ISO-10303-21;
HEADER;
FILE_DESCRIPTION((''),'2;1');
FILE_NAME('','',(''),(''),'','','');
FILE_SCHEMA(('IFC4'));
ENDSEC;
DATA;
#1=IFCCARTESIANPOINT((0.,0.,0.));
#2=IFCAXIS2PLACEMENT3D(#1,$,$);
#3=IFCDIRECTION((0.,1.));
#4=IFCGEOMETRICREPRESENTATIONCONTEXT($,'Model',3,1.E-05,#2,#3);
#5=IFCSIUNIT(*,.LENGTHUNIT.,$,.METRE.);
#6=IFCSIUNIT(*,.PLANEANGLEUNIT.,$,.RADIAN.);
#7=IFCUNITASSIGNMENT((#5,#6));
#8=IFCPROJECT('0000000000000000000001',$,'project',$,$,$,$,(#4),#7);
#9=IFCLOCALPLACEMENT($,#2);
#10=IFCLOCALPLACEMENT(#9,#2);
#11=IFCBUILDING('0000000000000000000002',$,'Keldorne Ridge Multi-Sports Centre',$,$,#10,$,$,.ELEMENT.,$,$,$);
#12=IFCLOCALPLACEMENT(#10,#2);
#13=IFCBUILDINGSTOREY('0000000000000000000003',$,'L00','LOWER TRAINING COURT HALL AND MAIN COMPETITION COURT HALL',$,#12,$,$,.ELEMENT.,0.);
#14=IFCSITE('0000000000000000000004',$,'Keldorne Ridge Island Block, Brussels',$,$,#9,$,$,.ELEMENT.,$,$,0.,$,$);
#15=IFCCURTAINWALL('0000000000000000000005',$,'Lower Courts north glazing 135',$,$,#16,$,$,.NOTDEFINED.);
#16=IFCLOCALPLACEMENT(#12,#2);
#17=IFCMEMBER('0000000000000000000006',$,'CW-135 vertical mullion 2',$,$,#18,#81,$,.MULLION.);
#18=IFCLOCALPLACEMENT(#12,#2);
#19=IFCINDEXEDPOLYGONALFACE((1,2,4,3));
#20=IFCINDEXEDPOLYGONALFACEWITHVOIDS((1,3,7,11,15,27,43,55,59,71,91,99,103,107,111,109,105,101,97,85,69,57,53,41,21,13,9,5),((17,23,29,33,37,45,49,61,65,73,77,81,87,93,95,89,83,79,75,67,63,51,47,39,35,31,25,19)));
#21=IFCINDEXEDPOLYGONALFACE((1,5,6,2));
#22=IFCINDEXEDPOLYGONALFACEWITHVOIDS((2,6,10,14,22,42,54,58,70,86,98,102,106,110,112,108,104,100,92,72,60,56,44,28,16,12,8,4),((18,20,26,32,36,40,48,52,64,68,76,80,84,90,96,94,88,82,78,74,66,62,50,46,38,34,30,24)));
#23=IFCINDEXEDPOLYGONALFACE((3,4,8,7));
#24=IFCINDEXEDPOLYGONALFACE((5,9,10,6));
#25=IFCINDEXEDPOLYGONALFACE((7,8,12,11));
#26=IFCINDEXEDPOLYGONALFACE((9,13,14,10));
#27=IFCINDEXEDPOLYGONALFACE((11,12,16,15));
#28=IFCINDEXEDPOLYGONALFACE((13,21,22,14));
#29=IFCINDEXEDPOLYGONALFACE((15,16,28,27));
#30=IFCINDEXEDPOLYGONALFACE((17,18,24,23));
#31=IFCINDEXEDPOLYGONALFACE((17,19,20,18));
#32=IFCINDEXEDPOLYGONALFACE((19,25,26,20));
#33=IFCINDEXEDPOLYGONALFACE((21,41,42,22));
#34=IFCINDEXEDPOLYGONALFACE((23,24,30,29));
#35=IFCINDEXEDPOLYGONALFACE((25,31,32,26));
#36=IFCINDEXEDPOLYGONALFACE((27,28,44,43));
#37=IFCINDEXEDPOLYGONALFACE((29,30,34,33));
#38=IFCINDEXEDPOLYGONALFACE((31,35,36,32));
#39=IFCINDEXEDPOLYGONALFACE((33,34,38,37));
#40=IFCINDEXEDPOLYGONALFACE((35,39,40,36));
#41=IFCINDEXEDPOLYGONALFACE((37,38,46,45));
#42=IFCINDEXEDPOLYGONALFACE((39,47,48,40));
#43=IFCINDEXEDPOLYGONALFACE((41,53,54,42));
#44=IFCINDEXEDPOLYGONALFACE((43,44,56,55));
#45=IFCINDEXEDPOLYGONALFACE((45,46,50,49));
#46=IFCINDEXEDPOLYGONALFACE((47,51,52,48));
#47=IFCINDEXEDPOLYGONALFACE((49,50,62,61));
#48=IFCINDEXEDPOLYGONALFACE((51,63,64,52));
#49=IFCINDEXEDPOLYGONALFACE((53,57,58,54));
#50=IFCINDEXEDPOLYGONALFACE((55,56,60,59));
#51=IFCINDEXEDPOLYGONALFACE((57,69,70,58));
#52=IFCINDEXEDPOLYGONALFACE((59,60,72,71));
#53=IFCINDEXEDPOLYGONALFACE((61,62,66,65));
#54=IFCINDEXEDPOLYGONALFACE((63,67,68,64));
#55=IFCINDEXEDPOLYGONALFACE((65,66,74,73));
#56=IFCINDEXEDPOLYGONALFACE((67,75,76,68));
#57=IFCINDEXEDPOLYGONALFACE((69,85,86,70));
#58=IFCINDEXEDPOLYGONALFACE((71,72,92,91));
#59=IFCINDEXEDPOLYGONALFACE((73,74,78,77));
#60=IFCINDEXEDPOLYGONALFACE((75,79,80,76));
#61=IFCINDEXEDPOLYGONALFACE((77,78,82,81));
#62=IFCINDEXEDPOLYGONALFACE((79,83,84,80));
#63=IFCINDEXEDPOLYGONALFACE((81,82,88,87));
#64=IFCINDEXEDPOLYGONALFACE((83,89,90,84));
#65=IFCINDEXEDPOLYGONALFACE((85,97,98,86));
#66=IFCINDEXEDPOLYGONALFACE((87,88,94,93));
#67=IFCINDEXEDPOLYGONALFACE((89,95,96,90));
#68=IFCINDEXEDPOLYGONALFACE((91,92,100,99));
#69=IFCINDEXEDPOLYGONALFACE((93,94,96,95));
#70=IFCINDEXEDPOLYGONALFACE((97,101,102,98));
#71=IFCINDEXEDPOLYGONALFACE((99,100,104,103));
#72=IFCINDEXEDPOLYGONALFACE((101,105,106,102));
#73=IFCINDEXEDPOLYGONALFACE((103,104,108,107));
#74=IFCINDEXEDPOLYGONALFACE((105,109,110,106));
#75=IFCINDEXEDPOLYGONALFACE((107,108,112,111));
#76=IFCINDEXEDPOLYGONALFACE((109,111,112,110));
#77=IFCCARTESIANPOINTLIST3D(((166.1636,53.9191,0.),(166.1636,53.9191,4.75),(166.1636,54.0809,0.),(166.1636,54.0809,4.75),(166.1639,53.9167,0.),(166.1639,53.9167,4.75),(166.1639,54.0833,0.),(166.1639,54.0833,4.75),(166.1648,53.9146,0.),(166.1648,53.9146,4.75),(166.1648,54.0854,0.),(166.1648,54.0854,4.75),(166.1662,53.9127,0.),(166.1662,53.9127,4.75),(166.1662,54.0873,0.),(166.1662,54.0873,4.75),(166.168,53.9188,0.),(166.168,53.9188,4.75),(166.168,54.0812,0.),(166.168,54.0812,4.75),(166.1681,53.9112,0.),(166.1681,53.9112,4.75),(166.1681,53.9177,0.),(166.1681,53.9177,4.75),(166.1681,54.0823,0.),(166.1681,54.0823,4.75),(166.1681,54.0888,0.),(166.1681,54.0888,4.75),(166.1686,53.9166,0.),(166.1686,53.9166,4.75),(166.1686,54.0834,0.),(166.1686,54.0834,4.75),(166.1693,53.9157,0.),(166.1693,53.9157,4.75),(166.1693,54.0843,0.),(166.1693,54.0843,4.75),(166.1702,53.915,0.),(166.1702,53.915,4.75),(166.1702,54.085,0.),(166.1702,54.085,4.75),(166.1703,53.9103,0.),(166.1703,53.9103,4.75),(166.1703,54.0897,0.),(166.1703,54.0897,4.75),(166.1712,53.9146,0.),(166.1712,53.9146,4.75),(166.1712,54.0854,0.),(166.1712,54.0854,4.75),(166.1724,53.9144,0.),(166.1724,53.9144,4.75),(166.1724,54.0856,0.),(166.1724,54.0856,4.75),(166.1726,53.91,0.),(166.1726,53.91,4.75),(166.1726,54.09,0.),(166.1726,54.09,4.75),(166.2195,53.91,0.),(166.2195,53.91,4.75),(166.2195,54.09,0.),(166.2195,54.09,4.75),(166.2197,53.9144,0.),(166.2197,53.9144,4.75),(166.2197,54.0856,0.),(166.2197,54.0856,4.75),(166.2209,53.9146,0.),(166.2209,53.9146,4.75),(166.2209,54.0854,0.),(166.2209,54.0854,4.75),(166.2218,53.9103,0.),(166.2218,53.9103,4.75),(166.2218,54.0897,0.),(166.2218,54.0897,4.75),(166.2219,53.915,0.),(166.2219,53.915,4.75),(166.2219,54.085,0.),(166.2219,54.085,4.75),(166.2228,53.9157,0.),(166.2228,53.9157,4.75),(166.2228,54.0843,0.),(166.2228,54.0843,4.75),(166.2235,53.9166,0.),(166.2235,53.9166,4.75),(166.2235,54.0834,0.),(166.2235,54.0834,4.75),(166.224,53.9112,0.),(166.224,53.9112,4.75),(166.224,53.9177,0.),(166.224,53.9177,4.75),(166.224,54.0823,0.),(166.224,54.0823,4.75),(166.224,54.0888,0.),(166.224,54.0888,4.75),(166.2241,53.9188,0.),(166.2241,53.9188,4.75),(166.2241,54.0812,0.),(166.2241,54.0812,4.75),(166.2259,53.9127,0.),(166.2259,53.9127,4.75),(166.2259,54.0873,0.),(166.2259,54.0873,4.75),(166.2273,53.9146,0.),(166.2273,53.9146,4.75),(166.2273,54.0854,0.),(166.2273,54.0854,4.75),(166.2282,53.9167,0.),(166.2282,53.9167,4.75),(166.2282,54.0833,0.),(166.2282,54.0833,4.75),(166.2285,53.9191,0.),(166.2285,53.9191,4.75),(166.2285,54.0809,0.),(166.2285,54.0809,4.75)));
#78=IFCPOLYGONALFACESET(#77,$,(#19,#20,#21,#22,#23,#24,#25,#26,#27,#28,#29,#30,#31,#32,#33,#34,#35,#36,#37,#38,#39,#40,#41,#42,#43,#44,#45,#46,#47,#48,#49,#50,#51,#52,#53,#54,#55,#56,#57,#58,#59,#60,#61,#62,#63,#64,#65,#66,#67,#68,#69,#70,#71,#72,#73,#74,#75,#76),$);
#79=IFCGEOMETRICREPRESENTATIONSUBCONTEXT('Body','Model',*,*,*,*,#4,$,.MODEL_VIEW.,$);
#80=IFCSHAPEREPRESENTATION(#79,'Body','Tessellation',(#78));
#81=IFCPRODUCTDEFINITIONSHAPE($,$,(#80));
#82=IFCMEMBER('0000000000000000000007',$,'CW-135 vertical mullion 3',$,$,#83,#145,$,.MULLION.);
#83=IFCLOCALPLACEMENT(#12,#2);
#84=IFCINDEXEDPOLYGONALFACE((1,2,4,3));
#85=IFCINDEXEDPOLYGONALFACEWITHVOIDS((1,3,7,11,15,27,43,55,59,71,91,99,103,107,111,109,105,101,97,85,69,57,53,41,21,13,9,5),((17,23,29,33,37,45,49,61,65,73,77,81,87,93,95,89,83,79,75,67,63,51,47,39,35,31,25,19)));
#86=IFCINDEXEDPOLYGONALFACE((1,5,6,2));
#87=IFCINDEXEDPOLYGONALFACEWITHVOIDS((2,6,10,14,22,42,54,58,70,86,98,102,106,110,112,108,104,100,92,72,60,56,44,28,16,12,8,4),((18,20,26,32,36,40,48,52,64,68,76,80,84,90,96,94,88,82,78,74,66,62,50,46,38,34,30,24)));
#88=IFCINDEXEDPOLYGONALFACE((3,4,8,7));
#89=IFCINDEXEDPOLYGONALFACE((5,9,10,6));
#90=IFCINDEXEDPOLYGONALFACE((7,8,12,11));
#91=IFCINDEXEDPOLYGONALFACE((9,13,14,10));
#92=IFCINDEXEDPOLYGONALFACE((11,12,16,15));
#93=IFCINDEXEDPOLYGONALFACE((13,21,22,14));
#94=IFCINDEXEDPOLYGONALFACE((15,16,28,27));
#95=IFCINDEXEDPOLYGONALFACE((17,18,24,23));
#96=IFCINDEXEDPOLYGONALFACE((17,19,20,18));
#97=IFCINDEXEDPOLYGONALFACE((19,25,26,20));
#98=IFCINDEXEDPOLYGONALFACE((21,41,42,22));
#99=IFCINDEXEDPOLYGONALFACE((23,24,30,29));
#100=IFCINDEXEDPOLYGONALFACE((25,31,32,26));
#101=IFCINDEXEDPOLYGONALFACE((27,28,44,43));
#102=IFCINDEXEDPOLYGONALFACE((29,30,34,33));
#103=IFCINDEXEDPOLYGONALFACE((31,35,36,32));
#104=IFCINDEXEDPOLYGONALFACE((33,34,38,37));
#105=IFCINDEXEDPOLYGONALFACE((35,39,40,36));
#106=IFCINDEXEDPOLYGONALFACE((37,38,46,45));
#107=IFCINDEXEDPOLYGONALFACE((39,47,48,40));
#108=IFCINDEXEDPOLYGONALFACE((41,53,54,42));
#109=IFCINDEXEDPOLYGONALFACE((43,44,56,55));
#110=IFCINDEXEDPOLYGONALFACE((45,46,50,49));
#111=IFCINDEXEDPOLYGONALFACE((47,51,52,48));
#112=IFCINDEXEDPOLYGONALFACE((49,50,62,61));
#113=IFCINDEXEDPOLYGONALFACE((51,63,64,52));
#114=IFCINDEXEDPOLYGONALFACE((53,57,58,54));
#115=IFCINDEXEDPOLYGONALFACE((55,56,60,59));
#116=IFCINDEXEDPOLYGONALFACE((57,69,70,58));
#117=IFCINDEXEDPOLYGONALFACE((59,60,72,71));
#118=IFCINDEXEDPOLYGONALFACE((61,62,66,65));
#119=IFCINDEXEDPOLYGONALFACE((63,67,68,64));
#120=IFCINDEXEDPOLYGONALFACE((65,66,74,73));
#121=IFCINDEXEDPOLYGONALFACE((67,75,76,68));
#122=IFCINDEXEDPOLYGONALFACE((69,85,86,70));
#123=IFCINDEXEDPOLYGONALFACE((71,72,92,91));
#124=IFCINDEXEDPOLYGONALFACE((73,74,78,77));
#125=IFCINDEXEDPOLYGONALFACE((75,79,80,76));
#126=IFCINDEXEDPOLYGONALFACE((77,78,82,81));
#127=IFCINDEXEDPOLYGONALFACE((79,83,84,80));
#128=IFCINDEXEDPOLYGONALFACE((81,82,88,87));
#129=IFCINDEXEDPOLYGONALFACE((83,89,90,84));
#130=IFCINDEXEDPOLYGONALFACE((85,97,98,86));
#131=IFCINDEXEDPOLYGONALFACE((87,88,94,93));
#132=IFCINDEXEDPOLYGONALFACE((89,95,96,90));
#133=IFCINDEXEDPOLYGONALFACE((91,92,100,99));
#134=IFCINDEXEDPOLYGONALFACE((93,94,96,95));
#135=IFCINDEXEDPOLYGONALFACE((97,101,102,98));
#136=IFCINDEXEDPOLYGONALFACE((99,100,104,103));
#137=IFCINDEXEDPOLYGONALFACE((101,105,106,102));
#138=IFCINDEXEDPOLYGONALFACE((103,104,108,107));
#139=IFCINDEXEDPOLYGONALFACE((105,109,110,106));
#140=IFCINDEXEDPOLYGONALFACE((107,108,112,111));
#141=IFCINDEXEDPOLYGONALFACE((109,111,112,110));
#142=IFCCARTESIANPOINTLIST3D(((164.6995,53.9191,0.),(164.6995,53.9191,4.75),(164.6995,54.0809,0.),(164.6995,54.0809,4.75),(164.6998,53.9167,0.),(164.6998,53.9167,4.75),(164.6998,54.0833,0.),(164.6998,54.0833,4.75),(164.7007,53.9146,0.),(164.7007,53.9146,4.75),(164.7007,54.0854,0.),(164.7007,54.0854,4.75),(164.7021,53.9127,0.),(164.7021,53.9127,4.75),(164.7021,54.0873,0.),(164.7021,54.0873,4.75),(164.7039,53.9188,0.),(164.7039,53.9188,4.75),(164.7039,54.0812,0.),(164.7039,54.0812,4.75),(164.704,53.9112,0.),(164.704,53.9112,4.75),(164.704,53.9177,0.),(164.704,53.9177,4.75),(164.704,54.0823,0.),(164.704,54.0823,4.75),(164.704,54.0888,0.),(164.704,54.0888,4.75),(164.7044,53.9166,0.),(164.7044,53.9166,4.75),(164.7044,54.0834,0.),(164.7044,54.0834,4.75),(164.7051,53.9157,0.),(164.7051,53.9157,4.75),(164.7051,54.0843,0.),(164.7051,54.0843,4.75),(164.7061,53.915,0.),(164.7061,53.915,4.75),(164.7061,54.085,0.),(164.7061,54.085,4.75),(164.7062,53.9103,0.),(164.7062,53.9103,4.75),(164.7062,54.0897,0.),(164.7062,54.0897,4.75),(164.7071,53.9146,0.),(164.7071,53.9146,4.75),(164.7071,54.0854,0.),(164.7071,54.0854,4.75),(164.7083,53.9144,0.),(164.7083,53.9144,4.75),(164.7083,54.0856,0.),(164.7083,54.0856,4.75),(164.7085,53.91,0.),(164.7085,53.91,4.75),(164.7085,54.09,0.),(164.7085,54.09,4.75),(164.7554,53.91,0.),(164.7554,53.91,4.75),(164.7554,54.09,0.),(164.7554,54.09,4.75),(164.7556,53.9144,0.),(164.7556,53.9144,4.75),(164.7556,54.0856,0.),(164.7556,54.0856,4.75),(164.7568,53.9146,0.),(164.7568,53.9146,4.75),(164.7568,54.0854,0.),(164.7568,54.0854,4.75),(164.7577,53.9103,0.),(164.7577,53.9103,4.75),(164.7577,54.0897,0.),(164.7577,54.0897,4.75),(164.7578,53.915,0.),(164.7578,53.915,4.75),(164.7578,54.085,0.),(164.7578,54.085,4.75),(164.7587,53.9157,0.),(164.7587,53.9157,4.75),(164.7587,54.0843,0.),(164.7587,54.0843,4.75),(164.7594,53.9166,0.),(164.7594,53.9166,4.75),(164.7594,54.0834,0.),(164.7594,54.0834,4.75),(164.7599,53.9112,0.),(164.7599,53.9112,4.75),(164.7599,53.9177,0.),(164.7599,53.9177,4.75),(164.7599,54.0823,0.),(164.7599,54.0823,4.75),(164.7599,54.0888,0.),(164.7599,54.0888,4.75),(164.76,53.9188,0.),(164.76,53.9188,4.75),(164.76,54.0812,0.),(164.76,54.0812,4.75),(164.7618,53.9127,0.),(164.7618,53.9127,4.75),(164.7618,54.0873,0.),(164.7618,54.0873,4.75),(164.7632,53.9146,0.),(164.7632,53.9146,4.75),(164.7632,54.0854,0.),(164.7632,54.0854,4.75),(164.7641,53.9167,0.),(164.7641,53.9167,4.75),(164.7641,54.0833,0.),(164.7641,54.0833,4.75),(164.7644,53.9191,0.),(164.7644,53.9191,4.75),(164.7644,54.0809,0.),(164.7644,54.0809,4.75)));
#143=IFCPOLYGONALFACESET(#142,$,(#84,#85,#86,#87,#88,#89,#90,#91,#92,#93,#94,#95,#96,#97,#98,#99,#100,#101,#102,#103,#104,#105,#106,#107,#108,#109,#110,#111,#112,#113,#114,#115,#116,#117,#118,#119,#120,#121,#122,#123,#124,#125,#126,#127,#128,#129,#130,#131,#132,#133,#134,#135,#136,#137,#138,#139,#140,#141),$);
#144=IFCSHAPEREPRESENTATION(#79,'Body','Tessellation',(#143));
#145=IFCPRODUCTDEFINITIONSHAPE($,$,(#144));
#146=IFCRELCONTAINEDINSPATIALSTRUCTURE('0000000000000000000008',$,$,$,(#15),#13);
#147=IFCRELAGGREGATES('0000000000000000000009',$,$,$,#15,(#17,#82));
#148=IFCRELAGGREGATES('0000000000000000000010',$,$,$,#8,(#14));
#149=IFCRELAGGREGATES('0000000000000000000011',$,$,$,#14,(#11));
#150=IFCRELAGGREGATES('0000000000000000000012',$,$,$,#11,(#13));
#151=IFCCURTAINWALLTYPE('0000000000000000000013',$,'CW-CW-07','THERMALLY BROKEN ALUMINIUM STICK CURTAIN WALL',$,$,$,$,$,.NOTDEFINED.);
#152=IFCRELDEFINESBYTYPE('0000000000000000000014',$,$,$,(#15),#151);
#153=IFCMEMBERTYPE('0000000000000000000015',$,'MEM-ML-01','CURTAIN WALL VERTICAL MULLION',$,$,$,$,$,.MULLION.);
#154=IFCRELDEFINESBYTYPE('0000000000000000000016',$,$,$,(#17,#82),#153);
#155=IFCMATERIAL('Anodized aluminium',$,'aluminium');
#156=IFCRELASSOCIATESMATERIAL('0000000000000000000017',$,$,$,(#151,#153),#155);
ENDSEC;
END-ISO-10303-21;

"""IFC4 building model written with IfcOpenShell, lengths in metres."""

from ifc_helpers import new_model, si_unit, direction, frame, origin, origin_2d, place, context, subcontext, project, spatial, hollow_rectangle, extrude, material, material_profile, profile_set, type_object, element, aggregate, save


model = new_model("IFC4")

# Units and contexts
model_context = context("Model", 3, precision=1e-05, world=origin(), true_north=direction((0.0, 1.0)))
body_context = subcontext(model_context, "Body", "Model", "MODEL_VIEW")
ifc_project = project(units=[si_unit("LENGTHUNIT", "METRE"), si_unit("PLANEANGLEUNIT", "RADIAN")], contexts=[model_context])

# Site, building, storey
site_placement = place(None, origin())
site = spatial("IfcSite", under=ifc_project, at=site_placement, Name="Keldorne Ridge Island Block, Brussels", CompositionType="ELEMENT", RefElevation=0.0)
building_placement = place(site_placement, origin())
building = spatial("IfcBuilding", under=site, at=building_placement, Name="Keldorne Ridge Multi-Sports Centre", CompositionType="ELEMENT")
storey_placement = place(building_placement, origin())
storey = spatial("IfcBuildingStorey", under=building, at=storey_placement, Name="L00", Description="LOWER TRAINING COURT HALL AND MAIN COMPETITION COURT HALL", CompositionType="ELEMENT", Elevation=0.0)

# Curtain wall, members
ifc_material_1 = material(Name="Anodized aluminium", Category="aluminium")
curtain_wall_type = type_object("IfcCurtainWallType", Name="CW-CW-07", Description="THERMALLY BROKEN ALUMINIUM STICK CURTAIN WALL", PredefinedType="NOTDEFINED", material=ifc_material_1)
curtain_wall_placement = place(storey_placement, origin())
curtain_wall = element("IfcCurtainWall", 1, at=curtain_wall_placement, inside=storey, type_object=curtain_wall_type, Name="Lower Courts north glazing 135", PredefinedType="NOTDEFINED")
ifc_material_profile_1 = material_profile(ifc_material_1, hollow_rectangle(XDim=0.0649, YDim=0.1799, WallThickness=0.0044, InnerFilletRadius=0.0044, OuterFilletRadius=0.009, at=origin_2d()), Name="ALU MULLION 180x65x4.5")
ifc_profile_set_1 = profile_set([ifc_material_profile_1], Name="Anodized aluminium")
member_type_1 = type_object("IfcMemberType", Name="MEM-ML-01", Description="CURTAIN WALL VERTICAL MULLION", PredefinedType="MULLION", material=ifc_profile_set_1)
member_1_placement = place(storey_placement, frame((166.196, 54.0, 0.0), z_axis=(0.0, 0.0, 1.0), x_axis=(1.0, 0.0, 0.0)))
member_1 = element("IfcMember", 2, at=member_1_placement, type_object=member_type_1, Name="CW-135 vertical mullion 2", PredefinedType="MULLION", context=body_context, shape_type="SweptSolid", body=[
    extrude(hollow_rectangle(XDim=0.0649, YDim=0.1799, WallThickness=0.0044, InnerFilletRadius=0.0044, OuterFilletRadius=0.009, at=origin_2d()), origin(), (0.0, 0.0, 1.0), 4.75),
])
member_2_placement = place(storey_placement, frame((164.7319, 54.0, 0.0), z_axis=(0.0, 0.0, 1.0), x_axis=(1.0, 0.0, 0.0)))
member_2 = element("IfcMember", 3, at=member_2_placement, type_object=member_type_1, Name="CW-135 vertical mullion 3", PredefinedType="MULLION", context=body_context, shape_type="SweptSolid", body=[
    extrude(hollow_rectangle(XDim=0.0649, YDim=0.1799, WallThickness=0.0044, InnerFilletRadius=0.0044, OuterFilletRadius=0.009, at=origin_2d()), origin(), (0.0, 0.0, 1.0), 4.75),
])
aggregate(curtain_wall, [member_1, member_2])

save(model, "model.ifc")
